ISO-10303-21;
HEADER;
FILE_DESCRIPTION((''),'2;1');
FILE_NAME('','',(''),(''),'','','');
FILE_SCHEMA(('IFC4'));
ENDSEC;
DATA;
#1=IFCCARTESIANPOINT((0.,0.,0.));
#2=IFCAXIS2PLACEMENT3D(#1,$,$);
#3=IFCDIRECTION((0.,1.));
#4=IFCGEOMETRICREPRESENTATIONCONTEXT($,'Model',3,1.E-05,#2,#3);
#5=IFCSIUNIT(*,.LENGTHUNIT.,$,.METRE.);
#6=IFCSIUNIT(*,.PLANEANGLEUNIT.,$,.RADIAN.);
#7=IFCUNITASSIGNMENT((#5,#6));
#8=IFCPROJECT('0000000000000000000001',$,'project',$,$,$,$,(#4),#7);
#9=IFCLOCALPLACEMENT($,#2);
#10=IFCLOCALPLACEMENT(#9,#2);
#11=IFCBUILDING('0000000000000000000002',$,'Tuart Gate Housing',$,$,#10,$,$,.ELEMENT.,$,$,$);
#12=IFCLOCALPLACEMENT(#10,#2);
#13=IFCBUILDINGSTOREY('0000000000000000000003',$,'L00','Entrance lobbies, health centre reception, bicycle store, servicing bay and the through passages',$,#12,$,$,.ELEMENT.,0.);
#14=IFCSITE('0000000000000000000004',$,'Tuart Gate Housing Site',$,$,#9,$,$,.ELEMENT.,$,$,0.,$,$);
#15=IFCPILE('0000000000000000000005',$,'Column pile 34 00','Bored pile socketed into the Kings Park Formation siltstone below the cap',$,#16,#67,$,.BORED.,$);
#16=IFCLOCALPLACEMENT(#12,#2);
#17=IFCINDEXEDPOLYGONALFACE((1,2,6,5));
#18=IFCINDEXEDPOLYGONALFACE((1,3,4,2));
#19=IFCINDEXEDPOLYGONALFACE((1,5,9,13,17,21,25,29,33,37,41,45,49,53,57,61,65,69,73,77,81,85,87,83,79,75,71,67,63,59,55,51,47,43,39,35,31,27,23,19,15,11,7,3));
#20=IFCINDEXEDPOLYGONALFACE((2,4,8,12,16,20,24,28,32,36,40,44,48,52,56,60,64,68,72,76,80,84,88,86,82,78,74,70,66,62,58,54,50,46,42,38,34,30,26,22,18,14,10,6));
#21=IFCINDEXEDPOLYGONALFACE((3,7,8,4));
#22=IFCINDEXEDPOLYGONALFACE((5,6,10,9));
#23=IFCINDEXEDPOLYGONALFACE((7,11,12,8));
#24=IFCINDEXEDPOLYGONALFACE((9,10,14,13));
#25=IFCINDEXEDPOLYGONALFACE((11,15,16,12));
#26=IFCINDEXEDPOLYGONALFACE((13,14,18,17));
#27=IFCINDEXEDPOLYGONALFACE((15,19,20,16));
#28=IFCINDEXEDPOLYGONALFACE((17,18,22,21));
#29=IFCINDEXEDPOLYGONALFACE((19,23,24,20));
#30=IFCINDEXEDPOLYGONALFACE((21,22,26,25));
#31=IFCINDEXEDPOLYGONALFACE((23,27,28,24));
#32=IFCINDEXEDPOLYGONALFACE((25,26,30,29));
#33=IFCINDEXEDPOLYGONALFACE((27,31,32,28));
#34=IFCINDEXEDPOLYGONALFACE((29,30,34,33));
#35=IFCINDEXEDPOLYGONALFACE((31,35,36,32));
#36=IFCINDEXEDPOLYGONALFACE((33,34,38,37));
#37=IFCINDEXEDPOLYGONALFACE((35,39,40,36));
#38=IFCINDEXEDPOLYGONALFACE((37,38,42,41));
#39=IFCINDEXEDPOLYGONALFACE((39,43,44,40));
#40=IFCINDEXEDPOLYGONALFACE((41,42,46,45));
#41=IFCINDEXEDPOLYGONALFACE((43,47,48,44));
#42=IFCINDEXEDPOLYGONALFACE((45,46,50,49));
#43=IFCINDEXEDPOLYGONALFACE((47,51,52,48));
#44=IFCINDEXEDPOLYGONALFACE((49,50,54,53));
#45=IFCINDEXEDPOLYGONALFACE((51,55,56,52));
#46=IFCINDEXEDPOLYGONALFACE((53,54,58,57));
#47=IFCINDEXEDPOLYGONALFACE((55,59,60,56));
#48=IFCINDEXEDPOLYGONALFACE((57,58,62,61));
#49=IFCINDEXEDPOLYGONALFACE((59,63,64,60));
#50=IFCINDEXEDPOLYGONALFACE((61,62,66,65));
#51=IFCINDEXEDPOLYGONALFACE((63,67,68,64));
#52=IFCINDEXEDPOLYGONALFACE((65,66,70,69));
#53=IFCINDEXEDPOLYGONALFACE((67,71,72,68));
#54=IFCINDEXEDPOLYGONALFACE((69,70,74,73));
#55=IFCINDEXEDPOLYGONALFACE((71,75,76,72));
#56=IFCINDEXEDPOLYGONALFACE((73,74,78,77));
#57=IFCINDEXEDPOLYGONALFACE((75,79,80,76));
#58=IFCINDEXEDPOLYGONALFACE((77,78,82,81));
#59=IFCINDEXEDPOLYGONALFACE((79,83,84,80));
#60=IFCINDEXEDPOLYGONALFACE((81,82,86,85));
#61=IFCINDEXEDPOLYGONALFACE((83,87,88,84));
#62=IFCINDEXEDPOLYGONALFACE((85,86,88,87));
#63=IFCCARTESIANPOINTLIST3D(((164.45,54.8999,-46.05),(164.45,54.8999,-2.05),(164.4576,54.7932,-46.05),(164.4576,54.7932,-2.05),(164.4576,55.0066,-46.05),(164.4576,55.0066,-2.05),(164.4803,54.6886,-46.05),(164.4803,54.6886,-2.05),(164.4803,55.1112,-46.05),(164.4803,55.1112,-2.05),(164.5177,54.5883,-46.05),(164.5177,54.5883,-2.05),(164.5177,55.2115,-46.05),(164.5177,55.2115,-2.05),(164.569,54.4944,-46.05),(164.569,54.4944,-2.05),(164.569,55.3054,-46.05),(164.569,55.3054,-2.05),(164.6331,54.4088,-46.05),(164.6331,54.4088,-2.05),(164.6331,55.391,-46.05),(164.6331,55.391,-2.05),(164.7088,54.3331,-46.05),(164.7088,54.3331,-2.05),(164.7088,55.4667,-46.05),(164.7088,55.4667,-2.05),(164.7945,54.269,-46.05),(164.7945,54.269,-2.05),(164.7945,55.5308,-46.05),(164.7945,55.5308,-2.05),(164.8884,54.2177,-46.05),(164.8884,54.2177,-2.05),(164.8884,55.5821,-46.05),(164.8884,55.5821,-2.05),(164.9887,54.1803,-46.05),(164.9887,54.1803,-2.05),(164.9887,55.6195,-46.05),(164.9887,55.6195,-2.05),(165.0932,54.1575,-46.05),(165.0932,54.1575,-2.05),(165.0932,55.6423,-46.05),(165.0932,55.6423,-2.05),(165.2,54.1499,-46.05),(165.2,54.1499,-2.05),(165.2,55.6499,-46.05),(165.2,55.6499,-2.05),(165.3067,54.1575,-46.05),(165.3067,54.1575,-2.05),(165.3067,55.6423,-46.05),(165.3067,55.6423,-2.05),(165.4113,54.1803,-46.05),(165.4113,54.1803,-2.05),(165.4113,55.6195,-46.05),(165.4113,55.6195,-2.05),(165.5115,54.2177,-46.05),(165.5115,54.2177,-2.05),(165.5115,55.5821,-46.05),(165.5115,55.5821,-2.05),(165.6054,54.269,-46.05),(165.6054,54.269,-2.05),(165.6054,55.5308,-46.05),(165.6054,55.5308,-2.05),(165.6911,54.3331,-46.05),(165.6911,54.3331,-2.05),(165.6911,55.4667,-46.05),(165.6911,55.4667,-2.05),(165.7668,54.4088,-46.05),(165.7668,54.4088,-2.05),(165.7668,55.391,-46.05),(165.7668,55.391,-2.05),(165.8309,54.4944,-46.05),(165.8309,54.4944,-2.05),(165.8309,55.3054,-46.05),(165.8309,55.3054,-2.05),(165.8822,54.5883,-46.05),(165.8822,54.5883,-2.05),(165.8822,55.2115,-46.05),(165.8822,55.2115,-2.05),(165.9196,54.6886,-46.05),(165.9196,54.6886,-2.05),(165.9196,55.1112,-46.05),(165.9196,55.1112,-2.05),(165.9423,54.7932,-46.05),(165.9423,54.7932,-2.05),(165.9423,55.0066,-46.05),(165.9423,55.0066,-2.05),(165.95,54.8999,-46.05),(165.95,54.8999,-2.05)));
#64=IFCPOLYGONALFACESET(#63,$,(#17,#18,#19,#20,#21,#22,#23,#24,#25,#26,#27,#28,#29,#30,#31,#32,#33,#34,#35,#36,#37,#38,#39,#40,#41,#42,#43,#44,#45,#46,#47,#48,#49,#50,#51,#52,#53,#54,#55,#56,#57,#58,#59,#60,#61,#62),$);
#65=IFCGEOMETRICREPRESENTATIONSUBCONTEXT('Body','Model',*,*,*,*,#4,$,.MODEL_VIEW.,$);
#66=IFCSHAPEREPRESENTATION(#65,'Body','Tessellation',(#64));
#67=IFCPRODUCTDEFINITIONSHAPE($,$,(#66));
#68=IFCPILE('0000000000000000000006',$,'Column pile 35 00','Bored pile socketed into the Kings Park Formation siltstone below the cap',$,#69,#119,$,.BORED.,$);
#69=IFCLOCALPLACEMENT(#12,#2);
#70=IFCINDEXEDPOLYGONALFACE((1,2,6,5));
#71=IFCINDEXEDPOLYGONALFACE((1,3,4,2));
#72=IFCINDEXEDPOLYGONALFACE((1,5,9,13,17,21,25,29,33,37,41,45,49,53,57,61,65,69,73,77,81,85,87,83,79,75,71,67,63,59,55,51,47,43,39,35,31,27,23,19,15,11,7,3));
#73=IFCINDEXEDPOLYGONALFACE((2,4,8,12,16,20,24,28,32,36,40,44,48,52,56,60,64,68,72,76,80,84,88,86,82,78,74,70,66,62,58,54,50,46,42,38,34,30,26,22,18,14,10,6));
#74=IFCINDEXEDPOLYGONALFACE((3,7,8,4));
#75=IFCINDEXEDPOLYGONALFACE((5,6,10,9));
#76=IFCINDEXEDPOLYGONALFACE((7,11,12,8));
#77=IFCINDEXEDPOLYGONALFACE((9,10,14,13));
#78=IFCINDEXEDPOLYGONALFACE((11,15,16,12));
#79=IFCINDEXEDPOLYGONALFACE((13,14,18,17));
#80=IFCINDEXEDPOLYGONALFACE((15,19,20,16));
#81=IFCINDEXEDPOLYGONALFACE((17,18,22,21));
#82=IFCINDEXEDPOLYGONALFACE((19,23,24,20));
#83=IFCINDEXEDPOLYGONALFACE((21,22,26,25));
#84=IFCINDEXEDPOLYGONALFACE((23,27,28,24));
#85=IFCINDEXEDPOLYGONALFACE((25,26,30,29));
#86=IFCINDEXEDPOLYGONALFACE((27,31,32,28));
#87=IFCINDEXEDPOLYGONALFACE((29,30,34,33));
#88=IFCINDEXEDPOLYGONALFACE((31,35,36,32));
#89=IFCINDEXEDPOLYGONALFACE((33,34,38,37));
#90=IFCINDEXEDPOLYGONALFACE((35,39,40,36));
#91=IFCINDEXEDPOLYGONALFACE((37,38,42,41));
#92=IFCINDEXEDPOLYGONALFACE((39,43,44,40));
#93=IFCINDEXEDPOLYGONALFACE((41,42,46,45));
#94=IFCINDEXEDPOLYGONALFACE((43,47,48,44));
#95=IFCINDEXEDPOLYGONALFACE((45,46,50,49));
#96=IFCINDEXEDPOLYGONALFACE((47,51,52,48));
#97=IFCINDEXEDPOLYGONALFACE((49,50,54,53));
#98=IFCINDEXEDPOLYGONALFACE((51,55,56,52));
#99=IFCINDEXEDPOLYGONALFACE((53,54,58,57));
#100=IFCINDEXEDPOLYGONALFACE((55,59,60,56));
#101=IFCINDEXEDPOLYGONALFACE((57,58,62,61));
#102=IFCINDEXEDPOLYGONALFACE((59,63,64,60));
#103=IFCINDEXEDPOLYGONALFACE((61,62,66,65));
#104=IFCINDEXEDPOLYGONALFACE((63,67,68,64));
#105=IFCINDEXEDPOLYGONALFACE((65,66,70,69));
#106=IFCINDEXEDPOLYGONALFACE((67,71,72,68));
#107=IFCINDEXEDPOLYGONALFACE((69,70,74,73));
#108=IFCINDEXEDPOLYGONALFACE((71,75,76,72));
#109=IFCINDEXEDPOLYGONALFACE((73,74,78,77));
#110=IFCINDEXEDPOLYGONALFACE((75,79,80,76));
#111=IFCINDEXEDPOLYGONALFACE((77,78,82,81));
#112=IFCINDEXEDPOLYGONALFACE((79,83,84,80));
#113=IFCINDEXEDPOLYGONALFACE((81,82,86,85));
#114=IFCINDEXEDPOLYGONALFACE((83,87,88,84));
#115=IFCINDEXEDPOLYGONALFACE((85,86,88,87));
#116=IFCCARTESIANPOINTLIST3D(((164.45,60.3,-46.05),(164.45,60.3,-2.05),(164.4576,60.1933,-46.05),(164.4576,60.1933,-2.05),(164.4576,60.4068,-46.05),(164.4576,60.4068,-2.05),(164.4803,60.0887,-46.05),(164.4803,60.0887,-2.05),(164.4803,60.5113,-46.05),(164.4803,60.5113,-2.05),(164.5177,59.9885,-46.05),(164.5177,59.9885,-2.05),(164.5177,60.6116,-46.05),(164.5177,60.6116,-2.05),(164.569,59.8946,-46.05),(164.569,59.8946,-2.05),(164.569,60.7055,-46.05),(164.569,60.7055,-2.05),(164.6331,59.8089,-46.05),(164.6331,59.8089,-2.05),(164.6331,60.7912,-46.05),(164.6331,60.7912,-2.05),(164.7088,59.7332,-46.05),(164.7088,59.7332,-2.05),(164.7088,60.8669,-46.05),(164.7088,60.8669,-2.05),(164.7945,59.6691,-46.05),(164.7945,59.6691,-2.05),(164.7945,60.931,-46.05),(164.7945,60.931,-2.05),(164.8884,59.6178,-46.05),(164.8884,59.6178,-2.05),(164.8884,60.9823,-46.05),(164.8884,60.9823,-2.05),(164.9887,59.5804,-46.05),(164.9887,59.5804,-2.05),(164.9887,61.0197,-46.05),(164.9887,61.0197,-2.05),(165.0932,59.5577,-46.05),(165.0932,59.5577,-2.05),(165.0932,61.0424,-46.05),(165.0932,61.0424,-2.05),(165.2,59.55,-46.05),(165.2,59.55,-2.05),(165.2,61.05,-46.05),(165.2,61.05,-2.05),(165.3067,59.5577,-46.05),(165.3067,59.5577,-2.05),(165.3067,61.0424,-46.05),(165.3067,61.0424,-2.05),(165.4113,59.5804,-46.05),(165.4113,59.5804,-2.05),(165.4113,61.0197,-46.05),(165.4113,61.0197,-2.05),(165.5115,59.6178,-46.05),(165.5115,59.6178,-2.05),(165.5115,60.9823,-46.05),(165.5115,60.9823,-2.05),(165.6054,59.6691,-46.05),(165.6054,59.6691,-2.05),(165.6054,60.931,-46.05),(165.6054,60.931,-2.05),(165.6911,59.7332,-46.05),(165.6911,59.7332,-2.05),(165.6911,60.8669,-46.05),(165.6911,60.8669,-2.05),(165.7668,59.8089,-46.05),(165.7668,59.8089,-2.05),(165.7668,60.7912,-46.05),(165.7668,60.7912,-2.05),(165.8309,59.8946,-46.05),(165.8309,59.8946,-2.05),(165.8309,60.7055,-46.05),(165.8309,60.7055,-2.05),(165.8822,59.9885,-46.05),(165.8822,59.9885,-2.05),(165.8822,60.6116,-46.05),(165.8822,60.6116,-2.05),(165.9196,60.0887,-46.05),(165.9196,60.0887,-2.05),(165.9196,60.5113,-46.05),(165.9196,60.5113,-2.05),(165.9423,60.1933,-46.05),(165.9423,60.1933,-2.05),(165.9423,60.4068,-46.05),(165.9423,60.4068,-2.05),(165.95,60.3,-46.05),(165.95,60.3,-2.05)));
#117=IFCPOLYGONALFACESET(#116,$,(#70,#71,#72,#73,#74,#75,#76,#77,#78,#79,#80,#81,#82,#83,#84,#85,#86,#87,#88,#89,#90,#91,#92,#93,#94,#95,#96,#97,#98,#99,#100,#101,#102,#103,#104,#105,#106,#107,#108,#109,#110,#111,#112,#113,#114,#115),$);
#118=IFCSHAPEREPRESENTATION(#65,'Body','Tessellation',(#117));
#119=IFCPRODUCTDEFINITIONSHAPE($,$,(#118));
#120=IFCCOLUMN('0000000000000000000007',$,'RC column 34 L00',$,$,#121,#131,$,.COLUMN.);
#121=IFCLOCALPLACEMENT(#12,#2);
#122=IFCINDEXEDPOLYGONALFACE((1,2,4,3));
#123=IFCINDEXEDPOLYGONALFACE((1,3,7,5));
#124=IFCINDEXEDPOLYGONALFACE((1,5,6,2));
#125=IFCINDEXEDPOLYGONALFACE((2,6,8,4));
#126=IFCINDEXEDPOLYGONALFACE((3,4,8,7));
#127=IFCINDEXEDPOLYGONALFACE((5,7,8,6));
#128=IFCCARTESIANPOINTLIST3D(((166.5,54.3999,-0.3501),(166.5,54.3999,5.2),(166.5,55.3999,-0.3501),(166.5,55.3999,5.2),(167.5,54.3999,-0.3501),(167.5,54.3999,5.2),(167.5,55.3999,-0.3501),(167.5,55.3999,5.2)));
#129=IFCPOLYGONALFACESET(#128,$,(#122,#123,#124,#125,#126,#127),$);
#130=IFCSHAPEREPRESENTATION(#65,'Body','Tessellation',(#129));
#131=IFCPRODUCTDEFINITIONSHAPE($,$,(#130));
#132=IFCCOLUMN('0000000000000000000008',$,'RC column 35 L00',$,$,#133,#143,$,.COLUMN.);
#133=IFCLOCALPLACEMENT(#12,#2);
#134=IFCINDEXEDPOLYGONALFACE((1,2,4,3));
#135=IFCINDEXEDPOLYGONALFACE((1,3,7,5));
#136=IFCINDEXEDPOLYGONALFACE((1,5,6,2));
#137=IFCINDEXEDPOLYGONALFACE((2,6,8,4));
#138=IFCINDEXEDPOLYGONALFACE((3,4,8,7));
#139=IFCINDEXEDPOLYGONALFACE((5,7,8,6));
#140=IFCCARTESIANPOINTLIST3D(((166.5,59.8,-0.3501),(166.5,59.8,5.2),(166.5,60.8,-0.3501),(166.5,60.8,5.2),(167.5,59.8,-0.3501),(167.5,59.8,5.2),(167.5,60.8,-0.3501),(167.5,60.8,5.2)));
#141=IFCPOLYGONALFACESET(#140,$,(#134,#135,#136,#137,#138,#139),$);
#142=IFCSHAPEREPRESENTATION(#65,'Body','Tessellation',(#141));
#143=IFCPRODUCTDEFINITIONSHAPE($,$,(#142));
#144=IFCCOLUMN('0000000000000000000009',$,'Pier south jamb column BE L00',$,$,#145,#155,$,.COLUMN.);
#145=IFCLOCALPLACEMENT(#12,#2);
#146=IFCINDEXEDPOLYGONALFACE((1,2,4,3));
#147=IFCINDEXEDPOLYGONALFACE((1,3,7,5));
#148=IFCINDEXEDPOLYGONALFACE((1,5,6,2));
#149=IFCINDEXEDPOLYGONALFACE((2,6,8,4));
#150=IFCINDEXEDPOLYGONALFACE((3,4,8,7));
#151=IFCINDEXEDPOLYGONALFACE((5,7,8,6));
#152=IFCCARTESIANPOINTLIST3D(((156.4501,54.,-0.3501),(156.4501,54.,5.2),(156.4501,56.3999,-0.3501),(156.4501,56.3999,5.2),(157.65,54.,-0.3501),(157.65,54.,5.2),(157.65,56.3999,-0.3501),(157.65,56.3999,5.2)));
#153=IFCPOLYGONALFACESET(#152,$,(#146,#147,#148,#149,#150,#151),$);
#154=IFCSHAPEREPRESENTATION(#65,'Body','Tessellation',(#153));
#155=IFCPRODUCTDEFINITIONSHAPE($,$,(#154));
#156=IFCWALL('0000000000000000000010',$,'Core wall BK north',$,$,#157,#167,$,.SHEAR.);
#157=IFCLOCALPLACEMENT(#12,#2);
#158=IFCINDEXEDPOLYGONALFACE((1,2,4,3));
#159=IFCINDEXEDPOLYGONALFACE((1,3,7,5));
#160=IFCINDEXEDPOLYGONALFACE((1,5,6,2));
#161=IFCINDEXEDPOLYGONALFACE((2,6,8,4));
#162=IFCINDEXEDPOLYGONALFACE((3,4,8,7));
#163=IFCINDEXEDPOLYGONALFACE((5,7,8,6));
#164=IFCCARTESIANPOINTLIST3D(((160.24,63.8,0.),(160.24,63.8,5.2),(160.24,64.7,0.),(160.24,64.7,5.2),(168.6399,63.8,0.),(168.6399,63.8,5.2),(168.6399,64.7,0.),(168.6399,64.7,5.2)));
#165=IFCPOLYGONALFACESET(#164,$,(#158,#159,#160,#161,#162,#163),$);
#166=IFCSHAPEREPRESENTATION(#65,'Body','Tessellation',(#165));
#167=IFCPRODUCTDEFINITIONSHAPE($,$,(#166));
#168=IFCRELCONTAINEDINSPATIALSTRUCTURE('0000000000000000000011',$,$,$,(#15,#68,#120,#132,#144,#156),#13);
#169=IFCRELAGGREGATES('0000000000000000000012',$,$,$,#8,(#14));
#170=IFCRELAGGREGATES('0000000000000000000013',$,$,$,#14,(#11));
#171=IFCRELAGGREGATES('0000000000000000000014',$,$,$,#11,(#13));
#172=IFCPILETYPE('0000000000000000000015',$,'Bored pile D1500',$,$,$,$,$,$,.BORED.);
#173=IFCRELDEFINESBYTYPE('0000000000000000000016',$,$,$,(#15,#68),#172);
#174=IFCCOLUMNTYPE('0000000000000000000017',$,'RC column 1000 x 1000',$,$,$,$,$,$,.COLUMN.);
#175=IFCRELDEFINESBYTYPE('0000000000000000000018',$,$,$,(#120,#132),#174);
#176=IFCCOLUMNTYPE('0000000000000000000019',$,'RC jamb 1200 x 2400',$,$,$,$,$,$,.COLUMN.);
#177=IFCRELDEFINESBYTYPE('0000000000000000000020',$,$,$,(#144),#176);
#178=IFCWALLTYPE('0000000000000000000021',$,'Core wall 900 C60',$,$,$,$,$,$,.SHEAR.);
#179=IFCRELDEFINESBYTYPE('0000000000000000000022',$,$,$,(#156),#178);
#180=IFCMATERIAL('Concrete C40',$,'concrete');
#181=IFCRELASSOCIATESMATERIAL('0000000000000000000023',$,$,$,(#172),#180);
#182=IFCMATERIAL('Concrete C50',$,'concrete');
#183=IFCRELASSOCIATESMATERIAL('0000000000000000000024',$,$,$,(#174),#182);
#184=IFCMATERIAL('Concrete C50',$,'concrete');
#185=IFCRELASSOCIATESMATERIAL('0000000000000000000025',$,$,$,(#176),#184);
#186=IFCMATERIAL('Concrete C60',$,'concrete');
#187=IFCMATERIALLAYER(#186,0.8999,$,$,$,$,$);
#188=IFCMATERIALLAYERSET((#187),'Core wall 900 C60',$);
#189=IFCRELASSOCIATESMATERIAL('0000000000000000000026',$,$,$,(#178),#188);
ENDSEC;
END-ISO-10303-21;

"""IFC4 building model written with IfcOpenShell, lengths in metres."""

from ifc_helpers import new_model, si_unit, direction, frame, frame_2d, origin, origin_2d, place, context, subcontext, project, spatial, rectangle, circle, extrude, material, layer, layer_set, material_profile, profile_set, type_object, element, save


model = new_model("IFC4")

# Units and contexts
model_context = context("Model", 3, precision=1e-05, world=origin(), true_north=direction((0.0, 1.0)))
body_context = subcontext(model_context, "Body", "Model", "MODEL_VIEW")
ifc_project = project(units=[si_unit("LENGTHUNIT", "METRE"), si_unit("PLANEANGLEUNIT", "RADIAN")], contexts=[model_context])

# Site, building, storey
site_placement = place(None, origin())
site = spatial("IfcSite", under=ifc_project, at=site_placement, Name="Tuart Gate Housing Site", CompositionType="ELEMENT", RefElevation=0.0)
building_placement = place(site_placement, origin())
building = spatial("IfcBuilding", under=site, at=building_placement, Name="Tuart Gate Housing", CompositionType="ELEMENT")
storey_placement = place(building_placement, origin())
storey = spatial("IfcBuildingStorey", under=building, at=storey_placement, Name="L00", Description="Entrance lobbies, health centre reception, bicycle store, servicing bay and the through passages", CompositionType="ELEMENT", Elevation=0.0)

# Piles
ifc_material_1 = material(Name="Concrete C40", Category="concrete")
ifc_material_profile_1 = material_profile(ifc_material_1, circle(Radius=0.75, at=origin_2d()), Name="Bored pile D1500")
ifc_profile_set_1 = profile_set([ifc_material_profile_1], Name="Concrete C40")
pile_type = type_object("IfcPileType", Name="Bored pile D1500", PredefinedType="BORED", material=ifc_profile_set_1)
for number, where, z_axis, x_axis, name in (
    (1, (165.2, 54.8999, -2.05), (0.0, 0.0, -1.0), (1.0, 0.0, 0.0), "Column pile 34 00"),
    (2, (165.2, 60.3, -2.05), (0.0, 0.0, -1.0), (1.0, 0.0, 0.0), "Column pile 35 00"),
):
    element("IfcPile", number, at=place(storey_placement, frame(where, z_axis=z_axis, x_axis=x_axis)), inside=storey, type_object=pile_type, Name=name, Description="Bored pile socketed into the Kings Park Formation siltstone below the cap", PredefinedType="BORED", context=body_context, shape_type="SweptSolid", body=[
        extrude(circle(Radius=0.75, at=origin_2d()), origin(), (0.0, 0.0, 1.0), 44.0),
    ])

# Columns
ifc_material_2 = material(Name="Concrete C50", Category="concrete")
ifc_material_profile_2 = material_profile(ifc_material_2, rectangle(XDim=1.0, YDim=1.0, at=origin_2d()), Name="RC column 1000 x 1000")
ifc_profile_set_2 = profile_set([ifc_material_profile_2], Name="Concrete C50")
column_type_1 = type_object("IfcColumnType", Name="RC column 1000 x 1000", PredefinedType="COLUMN", material=ifc_profile_set_2)
for number, where, z_axis, x_axis, name in (
    (3, (167.0, 54.8999, -0.3501), (0.0, 0.0, 1.0), (1.0, 0.0, 0.0), "RC column 34 L00"),
    (4, (167.0, 60.3, -0.3501), (0.0, 0.0, 1.0), (1.0, 0.0, 0.0), "RC column 35 L00"),
):
    element("IfcColumn", number, at=place(storey_placement, frame(where, z_axis=z_axis, x_axis=x_axis)), inside=storey, type_object=column_type_1, Name=name, PredefinedType="COLUMN", context=body_context, shape_type="SweptSolid", body=[
        extrude(rectangle(XDim=1.0, YDim=1.0, at=origin_2d()), origin(), (0.0, 0.0, 1.0), 5.55),
    ])
ifc_material_3 = material(Name="Concrete C50", Category="concrete")
ifc_material_profile_3 = material_profile(ifc_material_3, rectangle(XDim=1.2, YDim=2.3999, at=origin_2d()), Name="RC jamb 1200 x 2400")
ifc_profile_set_3 = profile_set([ifc_material_profile_3], Name="Concrete C50")
column_type_2 = type_object("IfcColumnType", Name="RC jamb 1200 x 2400", PredefinedType="COLUMN", material=ifc_profile_set_3)
column_placement = place(storey_placement, frame((157.05, 55.2, -0.3501), z_axis=(0.0, 0.0, 1.0), x_axis=(1.0, 0.0, 0.0)))
element("IfcColumn", 5, at=column_placement, inside=storey, type_object=column_type_2, Name="Pier south jamb column BE L00", PredefinedType="COLUMN", context=body_context, shape_type="SweptSolid", body=[
    extrude(rectangle(XDim=1.2, YDim=2.3999, at=origin_2d()), origin(), (0.0, 0.0, 1.0), 5.55),
])

# Wall
ifc_material_4 = material(Name="Concrete C60", Category="concrete")
ifc_layer_1 = layer(ifc_material_4, 0.8999)
ifc_layer_set_1 = layer_set([ifc_layer_1], Name="Core wall 900 C60")
wall_type_1 = type_object("IfcWallType", Name="Core wall 900 C60", PredefinedType="SHEAR", material=ifc_layer_set_1)
wall_1_placement = place(storey_placement, frame((160.24, 64.25, 0.0), z_axis=(0.0, 0.0, 1.0), x_axis=(1.0, 0.0, 0.0)))
element("IfcWall", 6, at=wall_1_placement, inside=storey, type_object=wall_type_1, Name="Core wall BK north", PredefinedType="SHEAR", context=body_context, shape_type="SweptSolid", body=[
    extrude(rectangle(XDim=8.3999, YDim=0.8999, at=frame_2d((4.2, 0.0))), origin(), (0.0, 0.0, 1.0), 5.2),
])

save(model, "model.ifc")
